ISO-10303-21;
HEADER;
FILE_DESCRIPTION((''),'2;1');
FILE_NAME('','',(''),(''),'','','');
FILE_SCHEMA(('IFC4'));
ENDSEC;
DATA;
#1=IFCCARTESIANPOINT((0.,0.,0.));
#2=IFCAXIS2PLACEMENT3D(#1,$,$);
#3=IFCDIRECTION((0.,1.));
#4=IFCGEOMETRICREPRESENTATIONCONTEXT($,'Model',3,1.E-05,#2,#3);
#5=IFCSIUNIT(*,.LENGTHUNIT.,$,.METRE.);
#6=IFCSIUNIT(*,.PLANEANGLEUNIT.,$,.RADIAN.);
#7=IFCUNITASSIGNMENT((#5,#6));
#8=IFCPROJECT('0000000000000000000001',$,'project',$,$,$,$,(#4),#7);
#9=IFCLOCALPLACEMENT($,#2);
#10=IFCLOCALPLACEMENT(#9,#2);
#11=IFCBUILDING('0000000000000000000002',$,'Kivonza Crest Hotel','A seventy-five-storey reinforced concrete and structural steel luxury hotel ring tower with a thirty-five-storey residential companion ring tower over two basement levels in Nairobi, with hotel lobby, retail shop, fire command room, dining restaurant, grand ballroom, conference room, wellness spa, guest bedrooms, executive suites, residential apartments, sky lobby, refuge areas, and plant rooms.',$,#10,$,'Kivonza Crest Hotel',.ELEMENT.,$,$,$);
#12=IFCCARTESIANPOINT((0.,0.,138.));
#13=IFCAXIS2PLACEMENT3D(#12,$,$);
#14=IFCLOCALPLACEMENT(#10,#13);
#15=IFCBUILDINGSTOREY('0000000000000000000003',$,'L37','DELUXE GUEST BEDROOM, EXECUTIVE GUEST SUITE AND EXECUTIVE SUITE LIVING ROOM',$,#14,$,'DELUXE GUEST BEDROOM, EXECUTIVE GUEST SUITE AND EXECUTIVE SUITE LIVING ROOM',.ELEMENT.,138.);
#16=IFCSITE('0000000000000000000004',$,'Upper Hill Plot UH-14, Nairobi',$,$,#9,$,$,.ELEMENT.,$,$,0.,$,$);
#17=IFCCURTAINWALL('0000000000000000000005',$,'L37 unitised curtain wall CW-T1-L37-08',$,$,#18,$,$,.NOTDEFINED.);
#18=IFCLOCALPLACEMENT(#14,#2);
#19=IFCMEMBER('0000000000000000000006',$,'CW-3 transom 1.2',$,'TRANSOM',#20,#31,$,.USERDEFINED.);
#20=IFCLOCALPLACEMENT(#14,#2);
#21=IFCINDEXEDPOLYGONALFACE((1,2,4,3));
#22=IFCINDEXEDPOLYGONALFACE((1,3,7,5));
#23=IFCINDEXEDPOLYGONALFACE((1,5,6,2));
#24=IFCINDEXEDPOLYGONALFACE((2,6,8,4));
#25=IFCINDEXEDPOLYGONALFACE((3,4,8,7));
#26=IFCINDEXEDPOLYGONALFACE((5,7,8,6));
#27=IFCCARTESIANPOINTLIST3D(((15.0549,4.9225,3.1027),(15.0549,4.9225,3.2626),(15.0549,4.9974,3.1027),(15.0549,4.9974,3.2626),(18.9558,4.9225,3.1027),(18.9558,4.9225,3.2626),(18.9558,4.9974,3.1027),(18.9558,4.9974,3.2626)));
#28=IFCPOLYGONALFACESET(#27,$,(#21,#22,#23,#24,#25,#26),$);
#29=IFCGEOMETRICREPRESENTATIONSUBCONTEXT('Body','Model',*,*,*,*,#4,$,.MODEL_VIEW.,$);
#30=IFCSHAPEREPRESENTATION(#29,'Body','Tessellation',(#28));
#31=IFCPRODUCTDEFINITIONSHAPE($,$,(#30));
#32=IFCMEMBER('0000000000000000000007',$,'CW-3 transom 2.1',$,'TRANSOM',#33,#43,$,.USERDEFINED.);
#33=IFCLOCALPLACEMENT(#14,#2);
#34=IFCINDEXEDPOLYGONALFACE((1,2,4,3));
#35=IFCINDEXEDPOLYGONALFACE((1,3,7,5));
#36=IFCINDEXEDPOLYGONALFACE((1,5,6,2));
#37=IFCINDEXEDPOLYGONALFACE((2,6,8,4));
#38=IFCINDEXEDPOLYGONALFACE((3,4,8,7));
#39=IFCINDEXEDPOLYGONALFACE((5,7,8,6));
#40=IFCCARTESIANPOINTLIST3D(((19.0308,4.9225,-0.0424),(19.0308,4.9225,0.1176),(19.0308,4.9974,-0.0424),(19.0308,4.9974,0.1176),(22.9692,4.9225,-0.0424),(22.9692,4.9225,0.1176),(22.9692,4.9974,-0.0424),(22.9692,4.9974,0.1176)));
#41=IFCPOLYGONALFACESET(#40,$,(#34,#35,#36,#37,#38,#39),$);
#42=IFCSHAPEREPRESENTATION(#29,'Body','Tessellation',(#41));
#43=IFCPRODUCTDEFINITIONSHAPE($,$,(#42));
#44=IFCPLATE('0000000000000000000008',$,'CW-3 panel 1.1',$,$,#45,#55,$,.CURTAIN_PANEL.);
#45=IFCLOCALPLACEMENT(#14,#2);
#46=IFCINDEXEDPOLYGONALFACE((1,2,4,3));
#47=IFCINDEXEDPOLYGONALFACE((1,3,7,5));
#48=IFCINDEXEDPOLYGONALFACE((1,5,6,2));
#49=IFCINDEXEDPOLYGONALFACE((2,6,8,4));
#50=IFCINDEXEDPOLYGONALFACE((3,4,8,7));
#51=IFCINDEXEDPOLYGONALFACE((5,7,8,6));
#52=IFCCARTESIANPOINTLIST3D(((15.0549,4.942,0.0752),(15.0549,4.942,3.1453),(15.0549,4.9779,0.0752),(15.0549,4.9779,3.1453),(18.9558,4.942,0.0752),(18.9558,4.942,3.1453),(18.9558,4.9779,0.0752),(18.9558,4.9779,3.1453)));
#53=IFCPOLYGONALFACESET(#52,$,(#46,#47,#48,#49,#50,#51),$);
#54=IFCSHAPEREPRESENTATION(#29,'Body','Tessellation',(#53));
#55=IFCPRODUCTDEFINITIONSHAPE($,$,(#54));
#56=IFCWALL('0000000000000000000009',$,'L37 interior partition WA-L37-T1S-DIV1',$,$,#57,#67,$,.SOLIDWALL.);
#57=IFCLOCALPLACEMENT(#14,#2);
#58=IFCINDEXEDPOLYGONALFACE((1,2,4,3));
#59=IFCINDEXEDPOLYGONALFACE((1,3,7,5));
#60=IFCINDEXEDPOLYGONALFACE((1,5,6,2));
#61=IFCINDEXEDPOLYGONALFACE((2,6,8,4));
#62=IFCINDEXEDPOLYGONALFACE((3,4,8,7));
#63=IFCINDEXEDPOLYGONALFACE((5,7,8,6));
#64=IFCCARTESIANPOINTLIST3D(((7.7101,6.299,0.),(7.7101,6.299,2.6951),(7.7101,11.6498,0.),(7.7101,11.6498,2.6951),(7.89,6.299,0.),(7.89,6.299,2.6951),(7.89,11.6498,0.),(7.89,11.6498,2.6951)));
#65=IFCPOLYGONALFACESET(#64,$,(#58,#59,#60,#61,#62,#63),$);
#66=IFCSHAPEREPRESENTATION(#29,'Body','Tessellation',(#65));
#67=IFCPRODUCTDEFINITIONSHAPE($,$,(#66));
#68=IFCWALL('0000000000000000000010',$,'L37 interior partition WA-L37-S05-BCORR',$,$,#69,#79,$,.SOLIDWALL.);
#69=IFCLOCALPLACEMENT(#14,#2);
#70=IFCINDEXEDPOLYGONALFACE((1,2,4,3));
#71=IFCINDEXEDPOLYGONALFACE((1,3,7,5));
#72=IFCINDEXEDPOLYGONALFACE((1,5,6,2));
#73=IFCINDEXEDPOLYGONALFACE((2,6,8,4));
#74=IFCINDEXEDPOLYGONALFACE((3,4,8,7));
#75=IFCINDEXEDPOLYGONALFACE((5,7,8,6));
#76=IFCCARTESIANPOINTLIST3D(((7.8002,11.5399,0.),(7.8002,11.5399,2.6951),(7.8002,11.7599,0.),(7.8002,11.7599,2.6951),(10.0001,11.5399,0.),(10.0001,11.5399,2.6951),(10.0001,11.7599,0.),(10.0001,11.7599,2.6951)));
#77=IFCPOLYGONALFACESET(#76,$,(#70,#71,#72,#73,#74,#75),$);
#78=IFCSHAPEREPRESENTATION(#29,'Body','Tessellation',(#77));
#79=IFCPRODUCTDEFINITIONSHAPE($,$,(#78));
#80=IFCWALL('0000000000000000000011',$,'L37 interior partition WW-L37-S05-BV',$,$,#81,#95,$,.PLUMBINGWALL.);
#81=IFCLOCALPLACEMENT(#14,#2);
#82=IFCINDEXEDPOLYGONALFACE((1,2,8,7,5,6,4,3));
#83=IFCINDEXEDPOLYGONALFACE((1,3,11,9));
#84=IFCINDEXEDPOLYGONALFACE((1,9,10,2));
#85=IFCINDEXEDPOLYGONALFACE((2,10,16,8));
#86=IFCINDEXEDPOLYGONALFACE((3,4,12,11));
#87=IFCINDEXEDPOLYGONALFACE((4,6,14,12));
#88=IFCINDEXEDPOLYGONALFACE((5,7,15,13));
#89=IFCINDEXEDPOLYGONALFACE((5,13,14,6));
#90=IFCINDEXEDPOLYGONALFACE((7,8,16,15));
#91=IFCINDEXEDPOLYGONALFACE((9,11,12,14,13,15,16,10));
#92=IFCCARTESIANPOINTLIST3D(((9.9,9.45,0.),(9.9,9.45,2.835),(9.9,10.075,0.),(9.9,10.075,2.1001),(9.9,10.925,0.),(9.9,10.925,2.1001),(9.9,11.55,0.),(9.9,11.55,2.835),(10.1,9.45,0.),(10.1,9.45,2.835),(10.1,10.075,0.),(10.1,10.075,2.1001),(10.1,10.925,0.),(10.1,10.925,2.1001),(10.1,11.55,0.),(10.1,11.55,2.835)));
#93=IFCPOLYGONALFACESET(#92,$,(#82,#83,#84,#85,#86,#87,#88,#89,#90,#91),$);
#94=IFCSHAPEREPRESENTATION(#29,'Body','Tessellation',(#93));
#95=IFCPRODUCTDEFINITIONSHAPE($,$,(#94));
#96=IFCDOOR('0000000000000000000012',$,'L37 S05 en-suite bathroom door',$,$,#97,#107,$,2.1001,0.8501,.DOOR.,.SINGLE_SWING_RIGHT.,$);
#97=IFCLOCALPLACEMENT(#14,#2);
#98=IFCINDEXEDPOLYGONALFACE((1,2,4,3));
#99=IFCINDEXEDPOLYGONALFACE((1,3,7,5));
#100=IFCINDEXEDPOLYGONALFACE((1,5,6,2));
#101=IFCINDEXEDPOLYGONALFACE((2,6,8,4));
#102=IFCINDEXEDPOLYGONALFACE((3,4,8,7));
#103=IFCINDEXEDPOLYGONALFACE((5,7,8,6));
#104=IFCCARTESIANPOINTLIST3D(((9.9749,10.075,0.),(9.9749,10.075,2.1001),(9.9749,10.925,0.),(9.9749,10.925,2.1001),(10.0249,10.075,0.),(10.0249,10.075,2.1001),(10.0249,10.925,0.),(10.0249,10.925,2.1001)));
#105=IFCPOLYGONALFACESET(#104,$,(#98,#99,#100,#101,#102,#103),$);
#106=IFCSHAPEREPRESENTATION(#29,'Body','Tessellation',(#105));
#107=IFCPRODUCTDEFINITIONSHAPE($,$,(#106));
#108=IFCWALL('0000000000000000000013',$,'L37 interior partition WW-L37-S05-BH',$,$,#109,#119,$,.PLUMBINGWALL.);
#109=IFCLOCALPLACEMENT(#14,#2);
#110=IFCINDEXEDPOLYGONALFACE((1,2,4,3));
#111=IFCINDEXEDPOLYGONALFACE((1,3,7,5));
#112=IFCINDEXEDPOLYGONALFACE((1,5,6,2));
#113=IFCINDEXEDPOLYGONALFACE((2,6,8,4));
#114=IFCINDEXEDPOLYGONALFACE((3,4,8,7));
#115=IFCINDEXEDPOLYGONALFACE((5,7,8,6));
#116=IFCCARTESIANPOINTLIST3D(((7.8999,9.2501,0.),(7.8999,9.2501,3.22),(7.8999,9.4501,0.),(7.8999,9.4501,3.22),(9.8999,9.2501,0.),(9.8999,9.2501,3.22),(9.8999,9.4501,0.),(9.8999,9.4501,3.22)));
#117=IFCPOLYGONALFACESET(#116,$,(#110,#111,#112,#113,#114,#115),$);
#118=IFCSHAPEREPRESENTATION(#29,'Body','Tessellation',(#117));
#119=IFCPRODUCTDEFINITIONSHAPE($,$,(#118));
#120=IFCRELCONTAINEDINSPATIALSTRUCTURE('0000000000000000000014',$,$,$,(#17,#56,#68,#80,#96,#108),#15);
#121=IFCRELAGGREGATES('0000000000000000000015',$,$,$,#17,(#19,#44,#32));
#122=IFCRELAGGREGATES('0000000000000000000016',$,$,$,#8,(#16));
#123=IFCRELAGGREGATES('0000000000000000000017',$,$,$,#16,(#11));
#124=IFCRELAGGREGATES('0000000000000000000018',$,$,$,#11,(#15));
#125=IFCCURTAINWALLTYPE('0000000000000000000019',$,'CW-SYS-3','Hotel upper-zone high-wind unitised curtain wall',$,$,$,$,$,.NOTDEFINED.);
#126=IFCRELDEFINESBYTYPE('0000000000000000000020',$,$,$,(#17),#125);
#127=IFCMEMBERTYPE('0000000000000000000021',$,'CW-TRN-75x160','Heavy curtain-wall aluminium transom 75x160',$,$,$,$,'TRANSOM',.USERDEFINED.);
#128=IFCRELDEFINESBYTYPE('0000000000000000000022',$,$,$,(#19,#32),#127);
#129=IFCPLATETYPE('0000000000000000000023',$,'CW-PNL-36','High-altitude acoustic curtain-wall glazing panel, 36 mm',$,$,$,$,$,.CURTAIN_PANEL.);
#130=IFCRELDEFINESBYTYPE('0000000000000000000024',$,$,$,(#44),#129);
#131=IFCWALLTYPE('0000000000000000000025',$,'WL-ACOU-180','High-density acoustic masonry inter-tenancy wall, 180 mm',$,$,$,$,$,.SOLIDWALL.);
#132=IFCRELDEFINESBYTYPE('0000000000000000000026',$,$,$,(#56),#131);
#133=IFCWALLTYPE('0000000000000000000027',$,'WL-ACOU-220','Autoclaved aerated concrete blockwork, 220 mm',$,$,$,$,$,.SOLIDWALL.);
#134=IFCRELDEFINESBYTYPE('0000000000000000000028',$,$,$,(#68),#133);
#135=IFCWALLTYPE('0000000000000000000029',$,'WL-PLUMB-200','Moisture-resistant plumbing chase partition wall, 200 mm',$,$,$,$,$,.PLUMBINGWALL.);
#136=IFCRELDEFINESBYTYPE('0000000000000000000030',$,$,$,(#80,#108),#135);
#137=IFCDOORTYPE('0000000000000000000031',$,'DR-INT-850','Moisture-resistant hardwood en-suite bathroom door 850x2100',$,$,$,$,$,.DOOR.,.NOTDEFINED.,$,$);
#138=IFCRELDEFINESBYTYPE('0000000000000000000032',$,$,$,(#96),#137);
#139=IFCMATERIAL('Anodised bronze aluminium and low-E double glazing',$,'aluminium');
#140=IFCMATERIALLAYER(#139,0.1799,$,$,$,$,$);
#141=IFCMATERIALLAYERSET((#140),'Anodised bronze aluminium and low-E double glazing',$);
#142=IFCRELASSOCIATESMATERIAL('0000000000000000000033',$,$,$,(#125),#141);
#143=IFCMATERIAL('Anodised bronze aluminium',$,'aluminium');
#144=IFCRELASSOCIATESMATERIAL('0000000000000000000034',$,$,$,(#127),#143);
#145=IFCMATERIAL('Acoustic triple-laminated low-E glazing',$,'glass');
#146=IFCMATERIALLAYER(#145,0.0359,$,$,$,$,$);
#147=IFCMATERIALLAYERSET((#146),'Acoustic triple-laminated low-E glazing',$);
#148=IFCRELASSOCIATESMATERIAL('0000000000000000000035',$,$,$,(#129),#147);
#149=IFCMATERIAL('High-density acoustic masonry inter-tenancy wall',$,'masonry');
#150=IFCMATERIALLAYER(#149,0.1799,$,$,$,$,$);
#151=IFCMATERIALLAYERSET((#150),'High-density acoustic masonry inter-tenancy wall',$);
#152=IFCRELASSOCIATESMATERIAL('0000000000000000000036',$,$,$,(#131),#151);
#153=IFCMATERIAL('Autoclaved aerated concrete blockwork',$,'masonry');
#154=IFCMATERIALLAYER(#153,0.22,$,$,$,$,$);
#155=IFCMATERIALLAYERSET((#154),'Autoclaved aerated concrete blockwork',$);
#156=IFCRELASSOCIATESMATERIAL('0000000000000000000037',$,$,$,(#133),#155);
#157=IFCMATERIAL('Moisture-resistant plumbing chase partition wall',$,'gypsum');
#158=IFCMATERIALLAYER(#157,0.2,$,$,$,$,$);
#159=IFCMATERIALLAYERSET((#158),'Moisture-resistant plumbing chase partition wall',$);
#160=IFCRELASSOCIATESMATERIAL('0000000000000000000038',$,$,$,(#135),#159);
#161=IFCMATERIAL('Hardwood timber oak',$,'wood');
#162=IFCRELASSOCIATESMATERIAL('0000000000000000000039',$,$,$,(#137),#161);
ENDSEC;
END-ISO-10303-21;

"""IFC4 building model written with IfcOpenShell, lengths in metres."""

from ifc_helpers import new_model, si_unit, direction, frame, frame_2d, origin, origin_2d, place, context, subcontext, project, spatial, rectangle, extrude, material, layer, layer_set, material_profile, profile_set, type_object, element, fill, aggregate, save


model = new_model("IFC4")

# Units and contexts
model_context = context("Model", 3, precision=1e-05, world=origin(), true_north=direction((0.0, 1.0)))
body_context = subcontext(model_context, "Body", "Model", "MODEL_VIEW")
ifc_project = project(units=[si_unit("LENGTHUNIT", "METRE"), si_unit("PLANEANGLEUNIT", "RADIAN")], contexts=[model_context])

# Site, building, storey
site_placement = place(None, origin())
site = spatial("IfcSite", under=ifc_project, at=site_placement, Name="Upper Hill Plot UH-14, Nairobi", CompositionType="ELEMENT", RefElevation=0.0)
building_placement = place(site_placement, origin())
building = spatial("IfcBuilding", under=site, at=building_placement, Name="Kivonza Crest Hotel", Description="A seventy-five-storey reinforced concrete and structural steel luxury hotel ring tower with a thirty-five-storey residential companion ring tower over two basement levels in Nairobi, with hotel lobby, retail shop, fire command room, dining restaurant, grand ballroom, conference room, wellness spa, guest bedrooms, executive suites, residential apartments, sky lobby, refuge areas, and plant rooms.", LongName="Kivonza Crest Hotel", CompositionType="ELEMENT")
storey_placement = place(building_placement, frame((0.0, 0.0, 138.0)))
storey = spatial("IfcBuildingStorey", under=building, at=storey_placement, Name="L37", Description="DELUXE GUEST BEDROOM, EXECUTIVE GUEST SUITE AND EXECUTIVE SUITE LIVING ROOM", LongName="DELUXE GUEST BEDROOM, EXECUTIVE GUEST SUITE AND EXECUTIVE SUITE LIVING ROOM", CompositionType="ELEMENT", Elevation=138.0)

# Curtain wall, members, plate
ifc_material_1 = material(Name="Anodised bronze aluminium and low-E double glazing", Category="aluminium")
ifc_layer_1 = layer(ifc_material_1, 0.1799)
ifc_layer_set_1 = layer_set([ifc_layer_1], Name="Anodised bronze aluminium and low-E double glazing")
curtain_wall_type = type_object("IfcCurtainWallType", Name="CW-SYS-3", Description="Hotel upper-zone high-wind unitised curtain wall", PredefinedType="NOTDEFINED", material=ifc_layer_set_1)
curtain_wall_placement = place(storey_placement, origin())
curtain_wall = element("IfcCurtainWall", 1, at=curtain_wall_placement, inside=storey, type_object=curtain_wall_type, Name="L37 unitised curtain wall CW-T1-L37-08", PredefinedType="NOTDEFINED")
ifc_material_2 = material(Name="Anodised bronze aluminium", Category="aluminium")
ifc_material_profile_1 = material_profile(ifc_material_2, rectangle(XDim=0.075, YDim=0.1599, at=origin_2d()), Name="CW-T 75x160")
ifc_profile_set_1 = profile_set([ifc_material_profile_1], Name="Anodised bronze aluminium")
member_type_1 = type_object("IfcMemberType", Name="CW-TRN-75x160", Description="Heavy curtain-wall aluminium transom 75x160", ElementType="TRANSOM", PredefinedType="USERDEFINED", material=ifc_profile_set_1)
member_1_placement = place(storey_placement, frame((15.0549, 4.96, 3.1826), z_axis=(1.0, 0.0, 0.0), x_axis=(0.0, 1.0, 0.0)))
member_1 = element("IfcMember", 2, at=member_1_placement, type_object=member_type_1, Name="CW-3 transom 1.2", ObjectType="TRANSOM", PredefinedType="USERDEFINED", context=body_context, shape_type="SweptSolid", body=[
    extrude(rectangle(XDim=0.075, YDim=0.1599, at=origin_2d()), origin(), (0.0, 0.0, 1.0), 3.9009),
])
member_2_placement = place(storey_placement, frame((19.0308, 4.96, 0.0376), z_axis=(1.0, 0.0, 0.0), x_axis=(0.0, 1.0, 0.0)))
member_2 = element("IfcMember", 3, at=member_2_placement, type_object=member_type_1, Name="CW-3 transom 2.1", ObjectType="TRANSOM", PredefinedType="USERDEFINED", context=body_context, shape_type="SweptSolid", body=[
    extrude(rectangle(XDim=0.075, YDim=0.1599, at=origin_2d()), origin(), (0.0, 0.0, 1.0), 3.9385),
])
ifc_material_3 = material(Name="Acoustic triple-laminated low-E glazing", Category="glass")
ifc_layer_2 = layer(ifc_material_3, 0.0359)
ifc_layer_set_2 = layer_set([ifc_layer_2], Name="Acoustic triple-laminated low-E glazing")
plate_type = type_object("IfcPlateType", Name="CW-PNL-36", Description="High-altitude acoustic curtain-wall glazing panel, 36 mm", PredefinedType="CURTAIN_PANEL", material=ifc_layer_set_2)
plate_placement = place(storey_placement, frame((17.0054, 4.96, 0.0752), z_axis=(0.0, 0.0, 1.0), x_axis=(1.0, 0.0, 0.0)))
plate = element("IfcPlate", 4, at=plate_placement, type_object=plate_type, Name="CW-3 panel 1.1", PredefinedType="CURTAIN_PANEL", context=body_context, shape_type="SweptSolid", body=[
    extrude(rectangle(XDim=3.9009, YDim=0.0359, at=origin_2d()), origin(), (0.0, 0.0, 1.0), 3.0701),
])
aggregate(curtain_wall, [member_1, plate, member_2])

# Walls
ifc_material_4 = material(Name="High-density acoustic masonry inter-tenancy wall", Category="masonry")
ifc_layer_3 = layer(ifc_material_4, 0.1799)
ifc_layer_set_3 = layer_set([ifc_layer_3], Name="High-density acoustic masonry inter-tenancy wall")
wall_type_1 = type_object("IfcWallType", Name="WL-ACOU-180", Description="High-density acoustic masonry inter-tenancy wall, 180 mm", PredefinedType="SOLIDWALL", material=ifc_layer_set_3)
wall_1_placement = place(storey_placement, frame((7.8, 6.2991, 0.0), z_axis=(0.0, 0.0, 1.0), x_axis=(0.0, 1.0, 0.0)))
element("IfcWall", 5, at=wall_1_placement, inside=storey, type_object=wall_type_1, Name="L37 interior partition WA-L37-T1S-DIV1", PredefinedType="SOLIDWALL", context=body_context, shape_type="SweptSolid", body=[
    extrude(rectangle(XDim=5.3508, YDim=0.1799, at=frame_2d((2.6753, 0.0))), origin(), (0.0, 0.0, 1.0), 2.6951),
])
ifc_material_5 = material(Name="Autoclaved aerated concrete blockwork", Category="masonry")
ifc_layer_4 = layer(ifc_material_5, 0.22)
ifc_layer_set_4 = layer_set([ifc_layer_4], Name="Autoclaved aerated concrete blockwork")
wall_type_2 = type_object("IfcWallType", Name="WL-ACOU-220", Description="Autoclaved aerated concrete blockwork, 220 mm", PredefinedType="SOLIDWALL", material=ifc_layer_set_4)
wall_2_placement = place(storey_placement, frame((7.8, 11.6499, 0.0), z_axis=(0.0, 0.0, 1.0), x_axis=(1.0, 0.0, 0.0)))
element("IfcWall", 6, at=wall_2_placement, inside=storey, type_object=wall_type_2, Name="L37 interior partition WA-L37-S05-BCORR", PredefinedType="SOLIDWALL", context=body_context, shape_type="SweptSolid", body=[
    extrude(rectangle(XDim=2.2, YDim=0.22, at=frame_2d((1.1001, 0.0))), origin(), (0.0, 0.0, 1.0), 2.6951),
])

# Wall, opening, door
ifc_material_6 = material(Name="Moisture-resistant plumbing chase partition wall", Category="gypsum")
ifc_layer_5 = layer(ifc_material_6, 0.2)
ifc_layer_set_5 = layer_set([ifc_layer_5], Name="Moisture-resistant plumbing chase partition wall")
wall_type_3 = type_object("IfcWallType", Name="WL-PLUMB-200", Description="Moisture-resistant plumbing chase partition wall, 200 mm", PredefinedType="PLUMBINGWALL", material=ifc_layer_set_5)
wall_3_placement = place(storey_placement, frame((10.0, 9.45, 0.0), z_axis=(0.0, 0.0, 1.0), x_axis=(0.0, 1.0, 0.0)))
wall_3 = element("IfcWall", 7, at=wall_3_placement, inside=storey, type_object=wall_type_3, Name="L37 interior partition WW-L37-S05-BV", PredefinedType="PLUMBINGWALL", context=body_context, shape_type="SweptSolid", body=[
    extrude(rectangle(XDim=2.1001, YDim=0.2, at=frame_2d((1.05, 0.0))), origin(), (0.0, 0.0, 1.0), 2.835),
])
opening_placement = place(wall_3_placement, frame((0.625, 0.0, 0.0)))
opening = element("IfcOpeningElement", 8, at=opening_placement, cuts=wall_3, PredefinedType="OPENING", context=body_context, shape_type="SweptSolid", body=[
    extrude(rectangle(XDim=0.8501, YDim=2.1001, at=frame_2d((0.425, 1.05))), frame((0.0, 0.1099, 0.0), z_axis=(0.0, -1.0, 0.0), x_axis=(1.0, 0.0, 0.0)), (0.0, 0.0, 1.0), 0.22),
])
ifc_material_7 = material(Name="Hardwood timber oak", Category="wood")
door_type = type_object("IfcDoorType", Name="DR-INT-850", Description="Moisture-resistant hardwood en-suite bathroom door 850x2100", OperationType="NOTDEFINED", PredefinedType="DOOR", material=ifc_material_7)
door_placement = place(opening_placement, frame((0.8501, 0.0, 0.0), z_axis=(0.0, 0.0, 1.0), x_axis=(-1.0, 0.0, 0.0)))
door = element("IfcDoor", 9, at=door_placement, inside=storey, type_object=door_type, Name="L37 S05 en-suite bathroom door", OperationType="SINGLE_SWING_RIGHT", OverallHeight=2.1001, OverallWidth=0.8501, PredefinedType="DOOR", context=body_context, shape_type="SweptSolid", body=[
    extrude(rectangle(XDim=0.8501, YDim=2.1001, at=frame_2d((0.425, 1.05))), frame((0.0, 0.0249, 0.0), z_axis=(0.0, -1.0, 0.0), x_axis=(1.0, 0.0, 0.0)), (0.0, 0.0, 1.0), 0.05),
])
fill(opening, door)

# Wall
wall_4_placement = place(storey_placement, frame((7.8999, 9.3501, 0.0), z_axis=(0.0, 0.0, 1.0), x_axis=(1.0, 0.0, 0.0)))
element("IfcWall", 10, at=wall_4_placement, inside=storey, type_object=wall_type_3, Name="L37 interior partition WW-L37-S05-BH", PredefinedType="PLUMBINGWALL", context=body_context, shape_type="SweptSolid", body=[
    extrude(rectangle(XDim=2.0, YDim=0.2, at=frame_2d((1.0, 0.0))), origin(), (0.0, 0.0, 1.0), 3.22),
])

save(model, "model.ifc")
